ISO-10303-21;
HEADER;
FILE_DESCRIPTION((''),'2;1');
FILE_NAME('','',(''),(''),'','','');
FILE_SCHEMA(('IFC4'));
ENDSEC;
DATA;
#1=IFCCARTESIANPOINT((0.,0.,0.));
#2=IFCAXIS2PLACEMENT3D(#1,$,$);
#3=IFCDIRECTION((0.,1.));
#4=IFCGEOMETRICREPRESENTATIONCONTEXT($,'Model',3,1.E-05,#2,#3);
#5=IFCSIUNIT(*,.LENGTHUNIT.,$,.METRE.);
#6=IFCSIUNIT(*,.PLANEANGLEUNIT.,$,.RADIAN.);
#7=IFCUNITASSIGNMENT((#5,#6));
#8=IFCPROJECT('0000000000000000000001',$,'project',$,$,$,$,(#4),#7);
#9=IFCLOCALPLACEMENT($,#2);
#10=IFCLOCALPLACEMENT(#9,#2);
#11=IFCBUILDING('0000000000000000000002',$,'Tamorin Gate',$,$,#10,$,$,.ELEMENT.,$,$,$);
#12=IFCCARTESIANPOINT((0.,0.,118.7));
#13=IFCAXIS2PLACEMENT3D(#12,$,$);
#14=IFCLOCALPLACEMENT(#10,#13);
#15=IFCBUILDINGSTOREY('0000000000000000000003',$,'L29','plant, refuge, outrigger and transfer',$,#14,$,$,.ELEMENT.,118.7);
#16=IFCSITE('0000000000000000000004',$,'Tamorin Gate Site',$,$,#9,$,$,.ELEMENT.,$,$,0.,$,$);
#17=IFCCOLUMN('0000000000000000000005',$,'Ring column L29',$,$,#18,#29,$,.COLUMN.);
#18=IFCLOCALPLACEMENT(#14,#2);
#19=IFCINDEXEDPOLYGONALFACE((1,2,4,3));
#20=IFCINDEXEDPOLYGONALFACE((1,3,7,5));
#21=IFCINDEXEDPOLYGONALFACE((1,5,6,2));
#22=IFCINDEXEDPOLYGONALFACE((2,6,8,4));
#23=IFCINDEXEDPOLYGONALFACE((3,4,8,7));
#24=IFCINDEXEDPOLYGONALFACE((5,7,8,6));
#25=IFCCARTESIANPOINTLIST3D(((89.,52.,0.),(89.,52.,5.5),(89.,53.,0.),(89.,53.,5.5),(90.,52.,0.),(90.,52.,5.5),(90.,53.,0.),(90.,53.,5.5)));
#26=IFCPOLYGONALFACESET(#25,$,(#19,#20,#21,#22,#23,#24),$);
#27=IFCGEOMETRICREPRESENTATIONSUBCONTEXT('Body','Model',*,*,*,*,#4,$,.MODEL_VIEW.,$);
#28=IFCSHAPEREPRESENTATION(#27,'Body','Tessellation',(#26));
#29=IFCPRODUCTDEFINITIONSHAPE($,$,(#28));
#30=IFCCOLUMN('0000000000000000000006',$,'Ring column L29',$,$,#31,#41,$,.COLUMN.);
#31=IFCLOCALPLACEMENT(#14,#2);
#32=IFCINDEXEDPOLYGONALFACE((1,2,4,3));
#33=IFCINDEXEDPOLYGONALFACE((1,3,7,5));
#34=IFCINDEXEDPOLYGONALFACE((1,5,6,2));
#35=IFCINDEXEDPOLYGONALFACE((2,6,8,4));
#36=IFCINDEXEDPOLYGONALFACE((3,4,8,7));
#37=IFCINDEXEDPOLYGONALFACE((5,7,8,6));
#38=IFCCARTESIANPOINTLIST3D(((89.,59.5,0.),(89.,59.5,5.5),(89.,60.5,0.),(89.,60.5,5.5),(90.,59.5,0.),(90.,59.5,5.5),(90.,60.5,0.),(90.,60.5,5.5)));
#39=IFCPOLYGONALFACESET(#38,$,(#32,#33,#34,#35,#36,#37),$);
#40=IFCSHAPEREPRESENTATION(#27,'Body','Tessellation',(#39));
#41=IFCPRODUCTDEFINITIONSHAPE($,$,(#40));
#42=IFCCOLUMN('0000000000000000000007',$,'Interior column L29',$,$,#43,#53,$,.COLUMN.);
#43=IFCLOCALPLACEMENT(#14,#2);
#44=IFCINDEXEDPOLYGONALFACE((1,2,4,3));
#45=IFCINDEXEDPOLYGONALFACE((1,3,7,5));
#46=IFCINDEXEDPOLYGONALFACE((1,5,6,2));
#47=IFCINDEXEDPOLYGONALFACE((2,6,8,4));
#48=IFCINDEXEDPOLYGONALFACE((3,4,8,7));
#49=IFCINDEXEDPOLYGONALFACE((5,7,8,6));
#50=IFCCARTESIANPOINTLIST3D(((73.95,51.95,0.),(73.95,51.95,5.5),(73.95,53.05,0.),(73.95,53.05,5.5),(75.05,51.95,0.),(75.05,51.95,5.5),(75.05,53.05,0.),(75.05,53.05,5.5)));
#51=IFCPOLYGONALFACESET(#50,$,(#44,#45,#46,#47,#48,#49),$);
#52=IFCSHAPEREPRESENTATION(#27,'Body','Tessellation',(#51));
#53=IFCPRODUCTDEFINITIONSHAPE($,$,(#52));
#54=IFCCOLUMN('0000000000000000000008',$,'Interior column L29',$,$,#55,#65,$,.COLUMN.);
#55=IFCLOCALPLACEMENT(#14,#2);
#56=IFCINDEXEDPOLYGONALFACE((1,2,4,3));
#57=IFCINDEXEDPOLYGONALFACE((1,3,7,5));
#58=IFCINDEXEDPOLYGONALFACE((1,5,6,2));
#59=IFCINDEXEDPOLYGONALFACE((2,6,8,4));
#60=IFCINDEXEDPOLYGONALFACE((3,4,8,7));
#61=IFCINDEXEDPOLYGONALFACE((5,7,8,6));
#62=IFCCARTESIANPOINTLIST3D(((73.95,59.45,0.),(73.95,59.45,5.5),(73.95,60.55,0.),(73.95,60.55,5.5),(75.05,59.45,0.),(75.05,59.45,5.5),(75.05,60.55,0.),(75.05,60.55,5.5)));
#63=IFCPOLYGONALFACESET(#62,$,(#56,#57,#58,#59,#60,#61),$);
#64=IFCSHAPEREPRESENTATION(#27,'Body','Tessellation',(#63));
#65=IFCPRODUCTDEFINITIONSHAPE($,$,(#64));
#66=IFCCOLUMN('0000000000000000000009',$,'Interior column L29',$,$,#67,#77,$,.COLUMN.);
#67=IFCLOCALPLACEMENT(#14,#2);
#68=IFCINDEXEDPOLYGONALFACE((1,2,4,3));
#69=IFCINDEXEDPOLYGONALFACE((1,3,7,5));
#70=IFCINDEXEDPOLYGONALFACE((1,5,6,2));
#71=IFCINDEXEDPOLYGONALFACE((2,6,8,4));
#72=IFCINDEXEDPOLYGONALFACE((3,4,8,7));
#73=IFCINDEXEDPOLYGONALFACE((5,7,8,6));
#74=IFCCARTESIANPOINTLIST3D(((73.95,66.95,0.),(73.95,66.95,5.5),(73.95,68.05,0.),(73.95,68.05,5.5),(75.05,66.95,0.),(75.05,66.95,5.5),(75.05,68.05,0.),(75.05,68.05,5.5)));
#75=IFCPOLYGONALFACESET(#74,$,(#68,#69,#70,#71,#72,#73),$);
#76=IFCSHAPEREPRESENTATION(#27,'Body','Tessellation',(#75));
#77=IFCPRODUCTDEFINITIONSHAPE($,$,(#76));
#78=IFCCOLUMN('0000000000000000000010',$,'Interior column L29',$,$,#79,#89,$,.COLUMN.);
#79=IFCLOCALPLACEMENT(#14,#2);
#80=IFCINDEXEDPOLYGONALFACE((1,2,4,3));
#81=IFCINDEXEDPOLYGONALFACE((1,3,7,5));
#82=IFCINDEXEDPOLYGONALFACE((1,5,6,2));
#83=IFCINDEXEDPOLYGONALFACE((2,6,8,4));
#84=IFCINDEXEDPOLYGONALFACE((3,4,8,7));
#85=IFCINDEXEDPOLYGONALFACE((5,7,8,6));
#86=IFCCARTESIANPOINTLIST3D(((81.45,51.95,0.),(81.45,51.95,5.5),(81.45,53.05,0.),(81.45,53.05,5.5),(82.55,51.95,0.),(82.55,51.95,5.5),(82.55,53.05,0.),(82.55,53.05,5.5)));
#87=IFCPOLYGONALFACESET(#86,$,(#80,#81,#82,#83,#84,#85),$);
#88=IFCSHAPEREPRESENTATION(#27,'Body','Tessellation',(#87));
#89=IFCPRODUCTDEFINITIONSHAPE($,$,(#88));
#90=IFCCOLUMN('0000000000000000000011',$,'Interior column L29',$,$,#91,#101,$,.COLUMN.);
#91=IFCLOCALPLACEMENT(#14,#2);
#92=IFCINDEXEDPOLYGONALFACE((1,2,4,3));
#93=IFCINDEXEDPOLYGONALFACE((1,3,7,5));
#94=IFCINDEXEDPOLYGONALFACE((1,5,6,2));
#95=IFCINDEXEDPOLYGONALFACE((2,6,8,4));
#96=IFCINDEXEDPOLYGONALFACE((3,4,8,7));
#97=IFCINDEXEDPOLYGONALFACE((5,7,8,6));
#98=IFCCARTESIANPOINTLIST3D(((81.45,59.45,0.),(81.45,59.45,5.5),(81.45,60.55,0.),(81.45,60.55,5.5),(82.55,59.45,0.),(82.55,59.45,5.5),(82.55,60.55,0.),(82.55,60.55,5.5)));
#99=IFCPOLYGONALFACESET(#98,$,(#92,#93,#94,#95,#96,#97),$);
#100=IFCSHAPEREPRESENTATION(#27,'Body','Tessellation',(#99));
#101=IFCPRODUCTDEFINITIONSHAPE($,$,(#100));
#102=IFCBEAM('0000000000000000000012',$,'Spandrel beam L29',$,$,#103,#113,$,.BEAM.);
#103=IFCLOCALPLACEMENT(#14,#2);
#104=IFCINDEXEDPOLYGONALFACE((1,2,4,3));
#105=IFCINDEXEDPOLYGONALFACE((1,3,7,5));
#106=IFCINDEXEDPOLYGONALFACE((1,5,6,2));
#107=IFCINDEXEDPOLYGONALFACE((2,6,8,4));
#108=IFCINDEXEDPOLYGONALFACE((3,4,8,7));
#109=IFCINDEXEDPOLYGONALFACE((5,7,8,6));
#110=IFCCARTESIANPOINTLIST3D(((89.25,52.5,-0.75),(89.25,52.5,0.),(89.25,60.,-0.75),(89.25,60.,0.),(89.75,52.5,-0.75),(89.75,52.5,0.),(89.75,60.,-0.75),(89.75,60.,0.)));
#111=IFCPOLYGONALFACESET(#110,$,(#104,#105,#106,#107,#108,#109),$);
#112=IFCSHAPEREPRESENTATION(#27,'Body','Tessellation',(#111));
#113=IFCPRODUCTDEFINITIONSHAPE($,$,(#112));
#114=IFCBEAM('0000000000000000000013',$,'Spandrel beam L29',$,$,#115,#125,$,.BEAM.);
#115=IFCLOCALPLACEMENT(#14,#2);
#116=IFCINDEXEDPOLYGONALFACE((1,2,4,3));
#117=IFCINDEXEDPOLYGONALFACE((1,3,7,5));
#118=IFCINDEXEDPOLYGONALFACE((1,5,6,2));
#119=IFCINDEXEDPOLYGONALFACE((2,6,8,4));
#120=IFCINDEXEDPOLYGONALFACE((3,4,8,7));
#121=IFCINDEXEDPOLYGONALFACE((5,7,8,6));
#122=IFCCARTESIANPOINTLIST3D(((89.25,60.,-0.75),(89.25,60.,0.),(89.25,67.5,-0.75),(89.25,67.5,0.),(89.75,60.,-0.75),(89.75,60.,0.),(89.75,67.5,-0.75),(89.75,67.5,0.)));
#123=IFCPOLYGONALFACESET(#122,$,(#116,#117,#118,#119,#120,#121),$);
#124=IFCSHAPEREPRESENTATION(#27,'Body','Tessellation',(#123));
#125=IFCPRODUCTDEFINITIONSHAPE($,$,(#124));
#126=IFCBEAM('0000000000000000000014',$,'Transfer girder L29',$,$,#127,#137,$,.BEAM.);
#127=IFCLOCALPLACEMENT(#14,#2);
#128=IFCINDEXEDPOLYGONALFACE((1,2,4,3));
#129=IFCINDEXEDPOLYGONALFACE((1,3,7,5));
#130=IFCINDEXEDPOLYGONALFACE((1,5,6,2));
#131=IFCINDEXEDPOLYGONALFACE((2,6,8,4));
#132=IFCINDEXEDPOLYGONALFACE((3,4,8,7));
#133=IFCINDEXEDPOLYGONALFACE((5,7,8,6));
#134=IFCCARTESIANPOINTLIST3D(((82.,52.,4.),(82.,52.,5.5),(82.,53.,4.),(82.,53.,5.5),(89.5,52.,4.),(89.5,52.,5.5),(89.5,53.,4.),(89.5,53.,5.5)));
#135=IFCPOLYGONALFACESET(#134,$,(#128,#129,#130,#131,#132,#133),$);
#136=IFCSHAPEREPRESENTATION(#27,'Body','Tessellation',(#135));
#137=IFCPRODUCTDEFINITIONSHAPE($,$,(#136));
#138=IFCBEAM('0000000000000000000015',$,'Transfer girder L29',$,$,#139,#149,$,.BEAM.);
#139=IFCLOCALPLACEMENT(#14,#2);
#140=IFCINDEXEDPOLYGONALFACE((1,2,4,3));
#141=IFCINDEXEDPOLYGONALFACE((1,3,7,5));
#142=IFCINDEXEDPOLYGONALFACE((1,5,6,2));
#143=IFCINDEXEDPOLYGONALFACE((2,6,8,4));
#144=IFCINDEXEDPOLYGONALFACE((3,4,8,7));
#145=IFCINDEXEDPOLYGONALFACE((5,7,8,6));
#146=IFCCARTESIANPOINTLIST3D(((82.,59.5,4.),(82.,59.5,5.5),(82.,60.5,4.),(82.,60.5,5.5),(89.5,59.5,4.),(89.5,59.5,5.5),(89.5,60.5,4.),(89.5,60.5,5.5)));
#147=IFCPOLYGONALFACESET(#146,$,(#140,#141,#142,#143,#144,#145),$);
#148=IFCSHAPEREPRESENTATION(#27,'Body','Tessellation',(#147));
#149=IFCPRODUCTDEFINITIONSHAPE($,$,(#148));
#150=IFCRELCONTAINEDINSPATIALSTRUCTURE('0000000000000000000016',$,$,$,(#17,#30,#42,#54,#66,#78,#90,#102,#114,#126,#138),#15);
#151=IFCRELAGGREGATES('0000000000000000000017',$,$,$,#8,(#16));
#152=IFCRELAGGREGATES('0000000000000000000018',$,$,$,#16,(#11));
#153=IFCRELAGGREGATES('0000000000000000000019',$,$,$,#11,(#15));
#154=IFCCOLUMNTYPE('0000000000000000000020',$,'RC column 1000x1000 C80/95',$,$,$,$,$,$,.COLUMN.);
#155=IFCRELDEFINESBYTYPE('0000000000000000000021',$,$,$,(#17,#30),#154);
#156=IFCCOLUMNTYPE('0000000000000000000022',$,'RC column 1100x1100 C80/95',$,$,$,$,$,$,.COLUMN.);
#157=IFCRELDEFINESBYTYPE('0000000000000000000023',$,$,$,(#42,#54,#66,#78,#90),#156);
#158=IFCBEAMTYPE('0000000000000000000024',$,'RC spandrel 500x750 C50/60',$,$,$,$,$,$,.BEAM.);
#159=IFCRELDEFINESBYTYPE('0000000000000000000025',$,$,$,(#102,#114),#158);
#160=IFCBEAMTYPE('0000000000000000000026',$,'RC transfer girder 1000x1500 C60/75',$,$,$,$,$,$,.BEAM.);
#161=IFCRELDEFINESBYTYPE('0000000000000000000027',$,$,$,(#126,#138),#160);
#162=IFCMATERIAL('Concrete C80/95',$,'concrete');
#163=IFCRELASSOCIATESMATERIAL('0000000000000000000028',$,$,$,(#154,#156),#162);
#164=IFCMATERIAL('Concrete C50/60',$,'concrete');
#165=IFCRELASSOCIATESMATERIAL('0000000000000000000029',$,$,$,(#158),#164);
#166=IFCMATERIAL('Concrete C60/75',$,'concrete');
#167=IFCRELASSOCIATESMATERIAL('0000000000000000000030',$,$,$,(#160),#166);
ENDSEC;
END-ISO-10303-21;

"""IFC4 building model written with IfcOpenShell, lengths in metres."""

from ifc_helpers import new_model, si_unit, direction, frame, origin, origin_2d, place, context, subcontext, project, spatial, rectangle, extrude, material, material_profile, profile_set, type_object, element, save


model = new_model("IFC4")

# Units and contexts
model_context = context("Model", 3, precision=1e-05, world=origin(), true_north=direction((0.0, 1.0)))
body_context = subcontext(model_context, "Body", "Model", "MODEL_VIEW")
ifc_project = project(units=[si_unit("LENGTHUNIT", "METRE"), si_unit("PLANEANGLEUNIT", "RADIAN")], contexts=[model_context])

# Site, building, storey
site_placement = place(None, origin())
site = spatial("IfcSite", under=ifc_project, at=site_placement, Name="Tamorin Gate Site", CompositionType="ELEMENT", RefElevation=0.0)
building_placement = place(site_placement, origin())
building = spatial("IfcBuilding", under=site, at=building_placement, Name="Tamorin Gate", CompositionType="ELEMENT")
storey_placement = place(building_placement, frame((0.0, 0.0, 118.7)))
storey = spatial("IfcBuildingStorey", under=building, at=storey_placement, Name="L29", Description="plant, refuge, outrigger and transfer", CompositionType="ELEMENT", Elevation=118.7)

# Columns
ifc_material_1 = material(Name="Concrete C80/95", Category="concrete")
ifc_material_profile_1 = material_profile(ifc_material_1, rectangle(XDim=1.0, YDim=1.0, at=origin_2d()), Name="RC 1000x1000")
ifc_profile_set_1 = profile_set([ifc_material_profile_1], Name="Concrete C80/95")
column_type_1 = type_object("IfcColumnType", Name="RC column 1000x1000 C80/95", PredefinedType="COLUMN", material=ifc_profile_set_1)
for number, where, z_axis, x_axis, name in (
    (1, (89.5, 52.5, 0.0), (0.0, 0.0, 1.0), (1.0, 0.0, 0.0), "Ring column L29"),
    (2, (89.5, 60.0, 0.0), (0.0, 0.0, 1.0), (1.0, 0.0, 0.0), "Ring column L29"),
):
    element("IfcColumn", number, at=place(storey_placement, frame(where, z_axis=z_axis, x_axis=x_axis)), inside=storey, type_object=column_type_1, Name=name, PredefinedType="COLUMN", context=body_context, shape_type="SweptSolid", body=[
        extrude(rectangle(XDim=1.0, YDim=1.0, at=origin_2d()), origin(), (0.0, 0.0, 1.0), 5.5),
    ])
ifc_material_profile_2 = material_profile(ifc_material_1, rectangle(XDim=1.1001, YDim=1.1001, at=origin_2d()), Name="RC 1100x1100")
ifc_profile_set_2 = profile_set([ifc_material_profile_2], Name="Concrete C80/95")
column_type_2 = type_object("IfcColumnType", Name="RC column 1100x1100 C80/95", PredefinedType="COLUMN", material=ifc_profile_set_2)
for number, where, z_axis, x_axis, name in (
    (3, (74.5, 52.5, 0.0), (0.0, 0.0, 1.0), (1.0, 0.0, 0.0), "Interior column L29"),
    (4, (74.5, 60.0, 0.0), (0.0, 0.0, 1.0), (1.0, 0.0, 0.0), "Interior column L29"),
    (5, (74.5, 67.5, 0.0), (0.0, 0.0, 1.0), (1.0, 0.0, 0.0), "Interior column L29"),
    (6, (82.0, 52.5, 0.0), (0.0, 0.0, 1.0), (1.0, 0.0, 0.0), "Interior column L29"),
    (7, (82.0, 60.0, 0.0), (0.0, 0.0, 1.0), (1.0, 0.0, 0.0), "Interior column L29"),
):
    element("IfcColumn", number, at=place(storey_placement, frame(where, z_axis=z_axis, x_axis=x_axis)), inside=storey, type_object=column_type_2, Name=name, PredefinedType="COLUMN", context=body_context, shape_type="SweptSolid", body=[
        extrude(rectangle(XDim=1.1001, YDim=1.1001, at=origin_2d()), origin(), (0.0, 0.0, 1.0), 5.5),
    ])

# Beams
ifc_material_2 = material(Name="Concrete C50/60", Category="concrete")
ifc_material_profile_3 = material_profile(ifc_material_2, rectangle(XDim=0.5, YDim=0.75, at=origin_2d()), Name="RC 500x750")
ifc_profile_set_3 = profile_set([ifc_material_profile_3], Name="Concrete C50/60")
beam_type_1 = type_object("IfcBeamType", Name="RC spandrel 500x750 C50/60", PredefinedType="BEAM", material=ifc_profile_set_3)
for number, where, z_axis, x_axis, name in (
    (8, (89.5, 52.5, -0.375), (0.0, 1.0, 0.0), (-1.0, 0.0, 0.0), "Spandrel beam L29"),
    (9, (89.5, 60.0, -0.375), (0.0, 1.0, 0.0), (-1.0, 0.0, 0.0), "Spandrel beam L29"),
):
    element("IfcBeam", number, at=place(storey_placement, frame(where, z_axis=z_axis, x_axis=x_axis)), inside=storey, type_object=beam_type_1, Name=name, PredefinedType="BEAM", context=body_context, shape_type="SweptSolid", body=[
        extrude(rectangle(XDim=0.5, YDim=0.75, at=origin_2d()), origin(), (0.0, 0.0, 1.0), 7.5),
    ])
ifc_material_3 = material(Name="Concrete C60/75", Category="concrete")
ifc_material_profile_4 = material_profile(ifc_material_3, rectangle(XDim=1.0, YDim=1.5, at=origin_2d()), Name="RC 1000x1500")
ifc_profile_set_4 = profile_set([ifc_material_profile_4], Name="Concrete C60/75")
beam_type_2 = type_object("IfcBeamType", Name="RC transfer girder 1000x1500 C60/75", PredefinedType="BEAM", material=ifc_profile_set_4)
for number, where, z_axis, x_axis, name in (
    (10, (82.0, 52.5, 4.75), (1.0, 0.0, 0.0), (0.0, 1.0, 0.0), "Transfer girder L29"),
    (11, (82.0, 60.0, 4.75), (1.0, 0.0, 0.0), (0.0, 1.0, 0.0), "Transfer girder L29"),
):
    element("IfcBeam", number, at=place(storey_placement, frame(where, z_axis=z_axis, x_axis=x_axis)), inside=storey, type_object=beam_type_2, Name=name, PredefinedType="BEAM", context=body_context, shape_type="SweptSolid", body=[
        extrude(rectangle(XDim=1.0, YDim=1.5, at=origin_2d()), origin(), (0.0, 0.0, 1.0), 7.5),
    ])

save(model, "model.ifc")
